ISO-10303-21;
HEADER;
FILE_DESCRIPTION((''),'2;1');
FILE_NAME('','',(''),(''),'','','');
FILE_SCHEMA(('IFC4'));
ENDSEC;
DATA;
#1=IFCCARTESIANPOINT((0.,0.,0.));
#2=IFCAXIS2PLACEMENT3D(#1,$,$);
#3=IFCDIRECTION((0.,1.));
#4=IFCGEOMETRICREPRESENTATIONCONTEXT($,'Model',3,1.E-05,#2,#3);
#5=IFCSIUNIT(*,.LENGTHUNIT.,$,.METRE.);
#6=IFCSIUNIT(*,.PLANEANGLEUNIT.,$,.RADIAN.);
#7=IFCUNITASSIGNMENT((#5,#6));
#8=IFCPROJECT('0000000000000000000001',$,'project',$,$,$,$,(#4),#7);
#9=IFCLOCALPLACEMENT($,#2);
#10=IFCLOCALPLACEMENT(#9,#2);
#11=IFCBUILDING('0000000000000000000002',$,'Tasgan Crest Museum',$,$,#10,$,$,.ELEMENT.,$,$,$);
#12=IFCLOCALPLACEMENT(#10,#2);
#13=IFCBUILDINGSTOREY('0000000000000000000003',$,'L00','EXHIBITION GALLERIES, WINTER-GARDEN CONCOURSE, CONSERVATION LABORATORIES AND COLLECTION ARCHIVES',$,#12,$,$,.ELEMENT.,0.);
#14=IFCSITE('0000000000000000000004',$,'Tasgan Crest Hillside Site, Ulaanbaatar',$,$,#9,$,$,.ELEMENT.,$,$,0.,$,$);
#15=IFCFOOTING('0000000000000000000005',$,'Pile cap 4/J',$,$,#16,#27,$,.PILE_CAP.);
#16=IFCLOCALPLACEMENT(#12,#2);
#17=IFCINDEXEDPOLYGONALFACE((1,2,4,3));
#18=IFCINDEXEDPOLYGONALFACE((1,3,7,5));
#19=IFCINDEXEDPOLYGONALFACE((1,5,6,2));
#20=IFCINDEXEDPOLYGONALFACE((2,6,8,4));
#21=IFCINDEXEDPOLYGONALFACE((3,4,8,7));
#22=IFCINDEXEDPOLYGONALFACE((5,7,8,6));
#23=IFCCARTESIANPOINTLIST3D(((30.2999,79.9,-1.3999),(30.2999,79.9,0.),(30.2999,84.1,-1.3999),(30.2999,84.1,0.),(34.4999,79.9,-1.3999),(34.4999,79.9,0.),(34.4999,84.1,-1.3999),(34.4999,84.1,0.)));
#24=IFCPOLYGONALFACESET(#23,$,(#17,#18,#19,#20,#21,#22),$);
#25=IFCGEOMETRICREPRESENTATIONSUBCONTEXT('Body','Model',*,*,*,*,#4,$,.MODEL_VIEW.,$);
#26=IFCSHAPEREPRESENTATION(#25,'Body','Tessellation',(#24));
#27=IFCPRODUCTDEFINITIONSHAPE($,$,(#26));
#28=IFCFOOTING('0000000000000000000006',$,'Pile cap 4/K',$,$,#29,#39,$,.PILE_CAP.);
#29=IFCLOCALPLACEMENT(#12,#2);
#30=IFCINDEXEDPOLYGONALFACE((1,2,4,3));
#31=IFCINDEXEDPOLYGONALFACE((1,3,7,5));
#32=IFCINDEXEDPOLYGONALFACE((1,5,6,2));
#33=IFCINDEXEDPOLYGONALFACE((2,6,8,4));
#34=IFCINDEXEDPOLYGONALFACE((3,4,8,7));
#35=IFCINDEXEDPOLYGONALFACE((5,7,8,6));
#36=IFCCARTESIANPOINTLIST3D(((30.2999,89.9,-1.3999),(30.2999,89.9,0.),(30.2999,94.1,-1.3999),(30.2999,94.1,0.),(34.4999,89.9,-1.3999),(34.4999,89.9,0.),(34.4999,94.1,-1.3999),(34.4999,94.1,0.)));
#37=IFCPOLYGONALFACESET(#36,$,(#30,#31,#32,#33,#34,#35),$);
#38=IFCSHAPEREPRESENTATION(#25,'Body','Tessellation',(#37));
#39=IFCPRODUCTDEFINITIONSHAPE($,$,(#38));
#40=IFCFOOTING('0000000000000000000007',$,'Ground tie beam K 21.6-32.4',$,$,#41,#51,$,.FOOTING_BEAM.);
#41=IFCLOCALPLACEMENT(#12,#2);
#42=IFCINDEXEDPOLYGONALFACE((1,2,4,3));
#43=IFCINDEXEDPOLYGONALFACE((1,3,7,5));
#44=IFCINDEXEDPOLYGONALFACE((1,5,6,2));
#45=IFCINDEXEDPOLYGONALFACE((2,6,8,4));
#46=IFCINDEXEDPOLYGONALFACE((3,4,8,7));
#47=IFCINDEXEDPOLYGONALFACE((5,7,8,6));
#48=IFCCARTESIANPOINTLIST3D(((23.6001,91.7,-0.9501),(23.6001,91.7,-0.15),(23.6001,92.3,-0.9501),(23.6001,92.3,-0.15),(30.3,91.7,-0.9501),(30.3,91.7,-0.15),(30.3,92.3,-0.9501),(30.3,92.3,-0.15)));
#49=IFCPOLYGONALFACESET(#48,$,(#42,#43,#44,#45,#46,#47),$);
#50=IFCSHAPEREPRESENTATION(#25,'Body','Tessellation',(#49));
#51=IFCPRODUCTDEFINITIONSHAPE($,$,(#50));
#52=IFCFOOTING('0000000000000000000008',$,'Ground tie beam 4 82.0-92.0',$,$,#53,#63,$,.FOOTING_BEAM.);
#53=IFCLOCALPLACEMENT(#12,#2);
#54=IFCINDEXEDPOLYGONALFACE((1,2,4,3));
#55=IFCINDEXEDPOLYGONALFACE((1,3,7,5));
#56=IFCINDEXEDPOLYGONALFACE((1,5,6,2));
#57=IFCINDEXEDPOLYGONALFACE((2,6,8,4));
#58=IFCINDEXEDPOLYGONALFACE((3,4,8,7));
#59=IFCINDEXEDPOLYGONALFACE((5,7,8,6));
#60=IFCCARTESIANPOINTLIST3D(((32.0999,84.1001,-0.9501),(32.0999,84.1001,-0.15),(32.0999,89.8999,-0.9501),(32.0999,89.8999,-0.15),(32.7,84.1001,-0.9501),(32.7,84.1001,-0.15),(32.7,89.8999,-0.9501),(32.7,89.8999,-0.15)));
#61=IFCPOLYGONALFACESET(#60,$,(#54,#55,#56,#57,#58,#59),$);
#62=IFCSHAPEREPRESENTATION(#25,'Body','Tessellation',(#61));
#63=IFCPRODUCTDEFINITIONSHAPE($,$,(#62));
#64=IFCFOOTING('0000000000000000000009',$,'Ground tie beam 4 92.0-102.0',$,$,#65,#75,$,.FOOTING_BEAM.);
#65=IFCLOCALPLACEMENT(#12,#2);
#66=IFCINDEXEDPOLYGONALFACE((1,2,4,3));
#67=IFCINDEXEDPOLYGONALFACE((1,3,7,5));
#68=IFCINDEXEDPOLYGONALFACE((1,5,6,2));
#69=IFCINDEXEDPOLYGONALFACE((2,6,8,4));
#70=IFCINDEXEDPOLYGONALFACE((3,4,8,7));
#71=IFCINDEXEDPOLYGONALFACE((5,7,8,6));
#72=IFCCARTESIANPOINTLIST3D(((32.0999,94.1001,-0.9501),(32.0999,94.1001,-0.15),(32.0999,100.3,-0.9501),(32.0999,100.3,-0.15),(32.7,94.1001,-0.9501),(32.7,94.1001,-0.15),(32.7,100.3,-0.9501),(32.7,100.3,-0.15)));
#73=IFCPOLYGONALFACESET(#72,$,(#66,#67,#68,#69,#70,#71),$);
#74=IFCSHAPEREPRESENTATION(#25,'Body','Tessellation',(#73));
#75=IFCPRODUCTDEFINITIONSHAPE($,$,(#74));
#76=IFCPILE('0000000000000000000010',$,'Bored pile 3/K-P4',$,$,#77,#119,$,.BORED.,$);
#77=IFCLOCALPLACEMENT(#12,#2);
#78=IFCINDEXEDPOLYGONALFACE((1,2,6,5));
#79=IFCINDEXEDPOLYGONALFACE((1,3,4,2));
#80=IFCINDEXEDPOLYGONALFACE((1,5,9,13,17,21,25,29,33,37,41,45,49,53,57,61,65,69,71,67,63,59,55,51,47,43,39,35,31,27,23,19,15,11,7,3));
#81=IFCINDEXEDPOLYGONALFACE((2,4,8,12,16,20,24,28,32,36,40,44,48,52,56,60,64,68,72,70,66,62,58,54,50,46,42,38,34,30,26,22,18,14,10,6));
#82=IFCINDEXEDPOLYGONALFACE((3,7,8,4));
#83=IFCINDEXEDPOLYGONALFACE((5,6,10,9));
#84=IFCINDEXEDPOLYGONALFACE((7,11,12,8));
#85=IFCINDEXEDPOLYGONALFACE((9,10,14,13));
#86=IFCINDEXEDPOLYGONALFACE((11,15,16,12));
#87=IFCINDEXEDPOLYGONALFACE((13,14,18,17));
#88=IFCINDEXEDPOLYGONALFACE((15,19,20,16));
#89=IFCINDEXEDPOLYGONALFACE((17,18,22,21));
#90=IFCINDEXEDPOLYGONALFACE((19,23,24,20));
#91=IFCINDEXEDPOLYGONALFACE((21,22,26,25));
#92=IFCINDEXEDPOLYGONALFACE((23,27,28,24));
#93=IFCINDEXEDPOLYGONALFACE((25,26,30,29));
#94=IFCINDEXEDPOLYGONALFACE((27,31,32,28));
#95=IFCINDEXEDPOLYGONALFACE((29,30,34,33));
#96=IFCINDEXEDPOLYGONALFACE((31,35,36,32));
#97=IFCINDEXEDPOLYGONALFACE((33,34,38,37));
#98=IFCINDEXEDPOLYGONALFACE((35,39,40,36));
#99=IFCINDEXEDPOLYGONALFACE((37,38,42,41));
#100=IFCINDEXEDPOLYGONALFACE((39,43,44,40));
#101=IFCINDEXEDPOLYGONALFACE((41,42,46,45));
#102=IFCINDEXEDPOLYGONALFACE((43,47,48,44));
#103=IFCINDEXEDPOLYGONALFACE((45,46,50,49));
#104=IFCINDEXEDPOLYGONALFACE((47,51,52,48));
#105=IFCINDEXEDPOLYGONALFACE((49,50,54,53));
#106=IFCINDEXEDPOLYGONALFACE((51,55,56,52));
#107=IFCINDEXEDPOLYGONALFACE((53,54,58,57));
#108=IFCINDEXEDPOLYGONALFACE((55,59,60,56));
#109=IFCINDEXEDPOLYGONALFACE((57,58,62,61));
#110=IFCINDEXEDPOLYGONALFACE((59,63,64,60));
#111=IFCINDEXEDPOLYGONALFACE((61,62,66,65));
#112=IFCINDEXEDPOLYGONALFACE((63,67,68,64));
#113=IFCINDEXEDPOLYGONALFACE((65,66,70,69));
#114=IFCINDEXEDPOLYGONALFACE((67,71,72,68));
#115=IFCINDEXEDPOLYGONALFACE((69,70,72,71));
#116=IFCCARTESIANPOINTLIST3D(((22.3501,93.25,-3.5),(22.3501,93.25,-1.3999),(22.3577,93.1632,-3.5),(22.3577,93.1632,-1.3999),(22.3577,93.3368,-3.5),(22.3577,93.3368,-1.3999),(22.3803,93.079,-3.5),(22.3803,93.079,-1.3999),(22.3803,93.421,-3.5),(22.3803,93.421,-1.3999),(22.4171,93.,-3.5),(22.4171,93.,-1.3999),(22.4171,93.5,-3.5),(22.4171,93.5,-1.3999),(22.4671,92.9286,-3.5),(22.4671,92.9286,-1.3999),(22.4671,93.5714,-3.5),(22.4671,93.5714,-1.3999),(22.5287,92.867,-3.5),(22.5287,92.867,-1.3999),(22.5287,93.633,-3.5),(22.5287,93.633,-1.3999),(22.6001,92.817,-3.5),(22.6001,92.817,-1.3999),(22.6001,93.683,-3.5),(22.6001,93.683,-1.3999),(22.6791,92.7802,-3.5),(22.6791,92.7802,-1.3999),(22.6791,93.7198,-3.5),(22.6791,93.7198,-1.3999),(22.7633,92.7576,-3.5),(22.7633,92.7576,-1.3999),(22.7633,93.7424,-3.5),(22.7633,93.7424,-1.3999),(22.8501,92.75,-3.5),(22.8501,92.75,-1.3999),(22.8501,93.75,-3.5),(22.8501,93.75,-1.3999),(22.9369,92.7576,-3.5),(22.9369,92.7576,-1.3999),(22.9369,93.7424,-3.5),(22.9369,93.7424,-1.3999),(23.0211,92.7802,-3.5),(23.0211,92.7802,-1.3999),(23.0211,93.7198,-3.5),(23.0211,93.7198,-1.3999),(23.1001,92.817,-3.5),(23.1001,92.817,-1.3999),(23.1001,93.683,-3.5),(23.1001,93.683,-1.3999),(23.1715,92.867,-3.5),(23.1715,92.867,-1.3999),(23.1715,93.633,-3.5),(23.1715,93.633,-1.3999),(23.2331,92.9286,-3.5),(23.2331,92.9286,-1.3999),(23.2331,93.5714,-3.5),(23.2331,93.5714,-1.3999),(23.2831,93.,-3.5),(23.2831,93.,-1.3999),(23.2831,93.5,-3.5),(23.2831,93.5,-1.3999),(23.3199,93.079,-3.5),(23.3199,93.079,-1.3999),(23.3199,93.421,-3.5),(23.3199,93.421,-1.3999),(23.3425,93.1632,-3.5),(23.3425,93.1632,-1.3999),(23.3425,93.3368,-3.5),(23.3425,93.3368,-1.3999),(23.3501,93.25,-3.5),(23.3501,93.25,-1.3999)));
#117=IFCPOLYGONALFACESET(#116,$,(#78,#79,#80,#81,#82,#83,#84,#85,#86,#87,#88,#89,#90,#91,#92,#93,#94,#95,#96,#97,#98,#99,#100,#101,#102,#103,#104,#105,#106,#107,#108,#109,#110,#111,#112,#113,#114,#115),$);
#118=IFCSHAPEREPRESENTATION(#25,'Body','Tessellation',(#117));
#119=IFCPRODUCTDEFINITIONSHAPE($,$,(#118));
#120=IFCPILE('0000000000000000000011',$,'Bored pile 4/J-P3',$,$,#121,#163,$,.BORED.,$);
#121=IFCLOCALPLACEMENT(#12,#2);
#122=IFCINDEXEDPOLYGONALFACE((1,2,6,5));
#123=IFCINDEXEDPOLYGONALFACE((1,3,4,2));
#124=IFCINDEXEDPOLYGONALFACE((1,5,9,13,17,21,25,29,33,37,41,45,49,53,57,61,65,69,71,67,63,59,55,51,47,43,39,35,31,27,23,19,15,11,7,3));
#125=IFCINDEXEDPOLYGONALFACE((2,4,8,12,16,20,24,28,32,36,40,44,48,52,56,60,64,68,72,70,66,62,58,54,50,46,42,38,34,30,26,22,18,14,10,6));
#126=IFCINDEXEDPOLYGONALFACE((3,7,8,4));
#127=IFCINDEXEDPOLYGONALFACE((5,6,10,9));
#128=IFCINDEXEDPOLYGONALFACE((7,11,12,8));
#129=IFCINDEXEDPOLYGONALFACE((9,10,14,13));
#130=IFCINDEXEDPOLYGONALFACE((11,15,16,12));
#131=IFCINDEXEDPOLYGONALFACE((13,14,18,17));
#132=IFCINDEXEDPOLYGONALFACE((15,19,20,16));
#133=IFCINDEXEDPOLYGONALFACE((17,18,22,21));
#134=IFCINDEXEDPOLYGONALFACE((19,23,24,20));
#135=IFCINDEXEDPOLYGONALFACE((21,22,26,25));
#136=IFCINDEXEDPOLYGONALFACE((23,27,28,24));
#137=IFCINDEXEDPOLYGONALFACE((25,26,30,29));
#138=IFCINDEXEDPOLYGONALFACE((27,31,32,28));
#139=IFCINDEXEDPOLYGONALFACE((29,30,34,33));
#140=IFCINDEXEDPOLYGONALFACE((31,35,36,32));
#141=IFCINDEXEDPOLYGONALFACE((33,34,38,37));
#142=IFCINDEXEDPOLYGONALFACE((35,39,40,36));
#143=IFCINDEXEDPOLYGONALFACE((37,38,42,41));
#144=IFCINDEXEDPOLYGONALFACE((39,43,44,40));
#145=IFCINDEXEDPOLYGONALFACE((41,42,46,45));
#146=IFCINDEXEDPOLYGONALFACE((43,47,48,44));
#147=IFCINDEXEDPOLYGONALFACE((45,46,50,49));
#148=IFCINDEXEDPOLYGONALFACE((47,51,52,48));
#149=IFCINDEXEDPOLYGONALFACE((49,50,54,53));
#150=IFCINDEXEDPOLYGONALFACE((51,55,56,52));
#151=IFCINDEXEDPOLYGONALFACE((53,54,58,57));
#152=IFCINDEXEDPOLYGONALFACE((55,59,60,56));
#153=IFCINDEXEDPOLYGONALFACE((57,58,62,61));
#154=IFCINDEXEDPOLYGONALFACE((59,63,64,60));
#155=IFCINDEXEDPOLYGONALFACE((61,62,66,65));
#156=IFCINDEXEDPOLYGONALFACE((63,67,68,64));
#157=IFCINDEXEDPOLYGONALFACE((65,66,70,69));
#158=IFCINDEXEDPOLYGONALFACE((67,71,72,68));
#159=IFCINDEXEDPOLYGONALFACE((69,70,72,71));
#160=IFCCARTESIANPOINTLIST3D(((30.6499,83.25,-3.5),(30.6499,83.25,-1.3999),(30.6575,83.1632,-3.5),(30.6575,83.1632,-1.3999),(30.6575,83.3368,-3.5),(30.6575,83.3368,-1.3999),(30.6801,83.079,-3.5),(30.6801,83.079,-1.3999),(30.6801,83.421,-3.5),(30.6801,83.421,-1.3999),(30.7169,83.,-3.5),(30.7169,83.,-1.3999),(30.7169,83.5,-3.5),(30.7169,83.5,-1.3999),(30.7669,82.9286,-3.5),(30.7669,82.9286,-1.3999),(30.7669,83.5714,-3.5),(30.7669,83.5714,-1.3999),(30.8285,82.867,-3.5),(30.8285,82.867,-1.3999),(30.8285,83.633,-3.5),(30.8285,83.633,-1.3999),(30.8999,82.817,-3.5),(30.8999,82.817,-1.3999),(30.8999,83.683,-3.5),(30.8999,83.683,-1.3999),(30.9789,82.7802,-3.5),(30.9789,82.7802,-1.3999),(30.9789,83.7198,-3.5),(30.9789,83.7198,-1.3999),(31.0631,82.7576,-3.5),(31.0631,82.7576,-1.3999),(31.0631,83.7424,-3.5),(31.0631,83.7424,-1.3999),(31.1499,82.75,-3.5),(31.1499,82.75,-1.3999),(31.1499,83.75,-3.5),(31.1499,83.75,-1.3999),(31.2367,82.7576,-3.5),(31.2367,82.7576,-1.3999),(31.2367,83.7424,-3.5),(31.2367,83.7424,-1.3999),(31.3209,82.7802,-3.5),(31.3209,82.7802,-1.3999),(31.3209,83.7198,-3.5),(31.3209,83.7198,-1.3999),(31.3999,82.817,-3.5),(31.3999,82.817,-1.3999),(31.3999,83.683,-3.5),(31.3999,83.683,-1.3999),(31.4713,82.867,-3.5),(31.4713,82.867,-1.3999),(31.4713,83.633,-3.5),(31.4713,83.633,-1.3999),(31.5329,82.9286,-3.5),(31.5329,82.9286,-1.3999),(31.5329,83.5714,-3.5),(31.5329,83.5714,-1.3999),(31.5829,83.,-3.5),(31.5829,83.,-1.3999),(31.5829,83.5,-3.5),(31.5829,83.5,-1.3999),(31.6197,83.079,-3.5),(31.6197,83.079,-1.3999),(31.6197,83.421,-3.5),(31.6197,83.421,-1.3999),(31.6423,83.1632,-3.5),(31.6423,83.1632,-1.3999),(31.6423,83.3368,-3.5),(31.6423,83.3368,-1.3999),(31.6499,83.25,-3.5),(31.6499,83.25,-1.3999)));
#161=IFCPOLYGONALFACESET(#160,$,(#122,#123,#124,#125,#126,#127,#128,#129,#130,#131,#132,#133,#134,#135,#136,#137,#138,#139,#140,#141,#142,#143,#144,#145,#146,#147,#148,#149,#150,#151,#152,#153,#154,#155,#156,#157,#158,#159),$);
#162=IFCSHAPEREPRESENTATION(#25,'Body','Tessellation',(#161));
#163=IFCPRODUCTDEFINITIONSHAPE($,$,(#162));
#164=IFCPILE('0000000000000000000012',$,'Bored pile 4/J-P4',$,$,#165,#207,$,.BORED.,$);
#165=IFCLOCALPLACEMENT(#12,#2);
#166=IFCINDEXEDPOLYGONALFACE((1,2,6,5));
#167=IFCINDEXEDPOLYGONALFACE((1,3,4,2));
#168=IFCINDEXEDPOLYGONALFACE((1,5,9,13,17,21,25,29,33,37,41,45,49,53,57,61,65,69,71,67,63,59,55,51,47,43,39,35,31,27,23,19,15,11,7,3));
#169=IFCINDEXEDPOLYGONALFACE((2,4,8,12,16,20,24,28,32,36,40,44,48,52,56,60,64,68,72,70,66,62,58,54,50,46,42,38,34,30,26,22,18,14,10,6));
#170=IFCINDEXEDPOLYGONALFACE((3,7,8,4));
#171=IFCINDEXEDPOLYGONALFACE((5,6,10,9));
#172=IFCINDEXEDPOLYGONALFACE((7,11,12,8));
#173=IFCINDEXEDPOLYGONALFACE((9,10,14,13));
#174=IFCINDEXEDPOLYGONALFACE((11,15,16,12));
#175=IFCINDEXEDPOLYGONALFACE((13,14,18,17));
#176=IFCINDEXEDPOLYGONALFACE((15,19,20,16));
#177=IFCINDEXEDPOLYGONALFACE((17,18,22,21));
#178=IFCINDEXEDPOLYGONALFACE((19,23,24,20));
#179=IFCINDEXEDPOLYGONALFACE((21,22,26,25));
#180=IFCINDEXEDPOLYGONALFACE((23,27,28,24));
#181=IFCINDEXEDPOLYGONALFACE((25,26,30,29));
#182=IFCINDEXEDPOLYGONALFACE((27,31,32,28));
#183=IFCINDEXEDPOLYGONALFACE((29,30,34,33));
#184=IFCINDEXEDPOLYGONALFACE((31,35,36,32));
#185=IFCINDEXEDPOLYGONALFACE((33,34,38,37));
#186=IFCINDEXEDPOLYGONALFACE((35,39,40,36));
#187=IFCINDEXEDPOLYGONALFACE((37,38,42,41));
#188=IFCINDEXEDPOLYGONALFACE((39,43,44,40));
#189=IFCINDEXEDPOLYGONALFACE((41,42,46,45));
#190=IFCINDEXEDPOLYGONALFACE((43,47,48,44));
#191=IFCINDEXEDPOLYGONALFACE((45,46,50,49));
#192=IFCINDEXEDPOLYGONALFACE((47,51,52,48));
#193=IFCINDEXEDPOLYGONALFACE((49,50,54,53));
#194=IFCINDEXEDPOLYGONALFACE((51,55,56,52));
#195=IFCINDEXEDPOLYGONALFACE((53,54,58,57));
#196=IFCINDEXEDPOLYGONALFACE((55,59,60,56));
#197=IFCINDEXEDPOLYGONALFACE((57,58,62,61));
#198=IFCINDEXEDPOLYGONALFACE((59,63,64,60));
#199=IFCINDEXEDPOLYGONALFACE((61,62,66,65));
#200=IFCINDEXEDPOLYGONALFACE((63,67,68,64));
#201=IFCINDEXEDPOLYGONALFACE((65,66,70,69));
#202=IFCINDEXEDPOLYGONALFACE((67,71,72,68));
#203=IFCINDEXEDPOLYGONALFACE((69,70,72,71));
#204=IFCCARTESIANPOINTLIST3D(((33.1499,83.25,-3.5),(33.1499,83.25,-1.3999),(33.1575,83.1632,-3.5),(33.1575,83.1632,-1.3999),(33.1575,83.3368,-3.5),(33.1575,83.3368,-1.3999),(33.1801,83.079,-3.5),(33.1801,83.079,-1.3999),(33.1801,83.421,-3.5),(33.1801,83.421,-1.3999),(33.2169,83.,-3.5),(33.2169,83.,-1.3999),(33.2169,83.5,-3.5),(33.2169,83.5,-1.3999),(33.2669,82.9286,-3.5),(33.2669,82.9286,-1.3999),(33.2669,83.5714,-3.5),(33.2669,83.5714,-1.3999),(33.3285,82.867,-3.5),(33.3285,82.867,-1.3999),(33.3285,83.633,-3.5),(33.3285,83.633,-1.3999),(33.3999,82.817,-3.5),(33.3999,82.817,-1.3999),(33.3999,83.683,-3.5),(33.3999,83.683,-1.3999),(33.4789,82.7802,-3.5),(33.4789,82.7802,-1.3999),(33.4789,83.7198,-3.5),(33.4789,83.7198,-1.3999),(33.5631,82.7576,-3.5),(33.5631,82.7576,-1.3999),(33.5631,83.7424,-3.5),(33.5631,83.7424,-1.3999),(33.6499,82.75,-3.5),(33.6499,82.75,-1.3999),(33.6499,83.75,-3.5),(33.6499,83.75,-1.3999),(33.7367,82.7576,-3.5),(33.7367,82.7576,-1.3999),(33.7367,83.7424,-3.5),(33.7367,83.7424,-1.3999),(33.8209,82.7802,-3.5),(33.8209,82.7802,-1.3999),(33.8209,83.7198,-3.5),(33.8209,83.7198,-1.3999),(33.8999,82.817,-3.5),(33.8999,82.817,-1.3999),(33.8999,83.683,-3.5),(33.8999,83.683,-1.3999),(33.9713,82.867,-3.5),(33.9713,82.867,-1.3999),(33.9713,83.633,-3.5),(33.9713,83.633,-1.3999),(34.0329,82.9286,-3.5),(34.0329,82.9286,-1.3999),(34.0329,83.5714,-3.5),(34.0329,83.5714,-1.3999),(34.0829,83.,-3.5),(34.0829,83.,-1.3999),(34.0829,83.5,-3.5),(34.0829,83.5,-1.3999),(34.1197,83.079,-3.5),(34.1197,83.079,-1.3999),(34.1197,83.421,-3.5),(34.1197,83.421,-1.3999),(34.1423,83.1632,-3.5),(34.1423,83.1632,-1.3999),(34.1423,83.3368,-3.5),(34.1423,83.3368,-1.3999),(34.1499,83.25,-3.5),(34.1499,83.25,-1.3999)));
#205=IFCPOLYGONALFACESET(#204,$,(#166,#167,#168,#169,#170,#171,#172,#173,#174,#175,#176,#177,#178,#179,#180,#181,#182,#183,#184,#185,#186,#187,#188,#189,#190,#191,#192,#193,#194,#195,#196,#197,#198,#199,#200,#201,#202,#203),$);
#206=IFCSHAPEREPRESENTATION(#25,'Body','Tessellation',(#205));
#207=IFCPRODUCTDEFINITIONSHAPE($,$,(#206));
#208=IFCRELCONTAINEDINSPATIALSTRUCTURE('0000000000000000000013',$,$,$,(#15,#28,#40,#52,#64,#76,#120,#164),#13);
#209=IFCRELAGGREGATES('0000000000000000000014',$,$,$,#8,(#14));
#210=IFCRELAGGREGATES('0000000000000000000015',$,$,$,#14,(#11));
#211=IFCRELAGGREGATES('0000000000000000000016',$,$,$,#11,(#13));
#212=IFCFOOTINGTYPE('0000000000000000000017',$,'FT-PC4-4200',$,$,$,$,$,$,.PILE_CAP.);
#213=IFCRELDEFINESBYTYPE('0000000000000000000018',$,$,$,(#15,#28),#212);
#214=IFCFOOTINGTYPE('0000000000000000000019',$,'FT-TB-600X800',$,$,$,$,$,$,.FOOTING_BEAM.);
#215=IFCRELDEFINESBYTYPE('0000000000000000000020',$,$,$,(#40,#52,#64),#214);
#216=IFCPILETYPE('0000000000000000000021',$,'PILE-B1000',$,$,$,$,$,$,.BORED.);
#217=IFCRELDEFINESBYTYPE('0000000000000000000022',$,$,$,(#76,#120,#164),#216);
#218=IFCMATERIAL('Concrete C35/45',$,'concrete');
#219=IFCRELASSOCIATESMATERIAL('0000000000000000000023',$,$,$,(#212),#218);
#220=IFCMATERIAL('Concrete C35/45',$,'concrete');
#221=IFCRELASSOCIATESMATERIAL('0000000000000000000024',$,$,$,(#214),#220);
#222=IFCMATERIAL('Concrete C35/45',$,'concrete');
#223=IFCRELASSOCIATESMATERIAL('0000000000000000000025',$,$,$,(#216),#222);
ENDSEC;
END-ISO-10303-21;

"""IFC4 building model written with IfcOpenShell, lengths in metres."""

from ifc_helpers import new_model, si_unit, direction, frame, origin, origin_2d, place, context, subcontext, project, spatial, rectangle, circle, extrude, material, material_profile, profile_set, type_object, element, save


model = new_model("IFC4")

# Units and contexts
model_context = context("Model", 3, precision=1e-05, world=origin(), true_north=direction((0.0, 1.0)))
body_context = subcontext(model_context, "Body", "Model", "MODEL_VIEW")
ifc_project = project(units=[si_unit("LENGTHUNIT", "METRE"), si_unit("PLANEANGLEUNIT", "RADIAN")], contexts=[model_context])

# Site, building, storey
site_placement = place(None, origin())
site = spatial("IfcSite", under=ifc_project, at=site_placement, Name="Tasgan Crest Hillside Site, Ulaanbaatar", CompositionType="ELEMENT", RefElevation=0.0)
building_placement = place(site_placement, origin())
building = spatial("IfcBuilding", under=site, at=building_placement, Name="Tasgan Crest Museum", CompositionType="ELEMENT")
storey_placement = place(building_placement, origin())
storey = spatial("IfcBuildingStorey", under=building, at=storey_placement, Name="L00", Description="EXHIBITION GALLERIES, WINTER-GARDEN CONCOURSE, CONSERVATION LABORATORIES AND COLLECTION ARCHIVES", CompositionType="ELEMENT", Elevation=0.0)

# Footings
ifc_material_1 = material(Name="Concrete C35/45", Category="concrete")
footing_type_1 = type_object("IfcFootingType", Name="FT-PC4-4200", PredefinedType="PILE_CAP", material=ifc_material_1)
for number, where, z_axis, x_axis, name in (
    (1, (32.3999, 82.0, -1.3999), (0.0, 0.0, 1.0), (1.0, 0.0, 0.0), "Pile cap 4/J"),
    (2, (32.3999, 92.0, -1.3999), (0.0, 0.0, 1.0), (1.0, 0.0, 0.0), "Pile cap 4/K"),
):
    element("IfcFooting", number, at=place(storey_placement, frame(where, z_axis=z_axis, x_axis=x_axis)), inside=storey, type_object=footing_type_1, Name=name, PredefinedType="PILE_CAP", context=body_context, shape_type="SweptSolid", body=[
        extrude(rectangle(XDim=4.2, YDim=4.2, at=origin_2d()), origin(), (0.0, 0.0, 1.0), 1.3999),
    ])
ifc_material_2 = material(Name="Concrete C35/45", Category="concrete")
ifc_material_profile_1 = material_profile(ifc_material_2, rectangle(XDim=0.6001, YDim=0.8, at=origin_2d()), Name="TB 600x800")
ifc_profile_set_1 = profile_set([ifc_material_profile_1], Name="Concrete C35/45")
footing_type_2 = type_object("IfcFootingType", Name="FT-TB-600X800", PredefinedType="FOOTING_BEAM", material=ifc_profile_set_1)
footing_1_placement = place(storey_placement, frame((23.6001, 92.0, -0.55), z_axis=(1.0, 0.0, 0.0), x_axis=(0.0, 1.0, 0.0)))
element("IfcFooting", 3, at=footing_1_placement, inside=storey, type_object=footing_type_2, Name="Ground tie beam K 21.6-32.4", PredefinedType="FOOTING_BEAM", context=body_context, shape_type="SweptSolid", body=[
    extrude(rectangle(XDim=0.6001, YDim=0.8, at=origin_2d()), origin(), (0.0, 0.0, 1.0), 6.7),
])
footing_2_placement = place(storey_placement, frame((32.3999, 84.1001, -0.55), z_axis=(0.0, 1.0, 0.0), x_axis=(-1.0, 0.0, 0.0)))
element("IfcFooting", 4, at=footing_2_placement, inside=storey, type_object=footing_type_2, Name="Ground tie beam 4 82.0-92.0", PredefinedType="FOOTING_BEAM", context=body_context, shape_type="SweptSolid", body=[
    extrude(rectangle(XDim=0.6001, YDim=0.8, at=origin_2d()), origin(), (0.0, 0.0, 1.0), 5.7998),
])
footing_3_placement = place(storey_placement, frame((32.3999, 94.1001, -0.55), z_axis=(0.0, 1.0, 0.0), x_axis=(-1.0, 0.0, 0.0)))
element("IfcFooting", 5, at=footing_3_placement, inside=storey, type_object=footing_type_2, Name="Ground tie beam 4 92.0-102.0", PredefinedType="FOOTING_BEAM", context=body_context, shape_type="SweptSolid", body=[
    extrude(rectangle(XDim=0.6001, YDim=0.8, at=origin_2d()), origin(), (0.0, 0.0, 1.0), 6.2),
])

# Piles
ifc_material_3 = material(Name="Concrete C35/45", Category="concrete")
ifc_material_profile_2 = material_profile(ifc_material_3, circle(Radius=0.5, at=origin_2d()), Name="PILE D1000")
ifc_profile_set_2 = profile_set([ifc_material_profile_2], Name="Concrete C35/45")
pile_type_1 = type_object("IfcPileType", Name="PILE-B1000", PredefinedType="BORED", material=ifc_profile_set_2)
for number, where, z_axis, x_axis, name in (
    (6, (22.8501, 93.25, -1.3999), (0.0, 0.0, -1.0), (1.0, 0.0, 0.0), "Bored pile 3/K-P4"),
    (7, (31.1499, 83.25, -1.3999), (0.0, 0.0, -1.0), (1.0, 0.0, 0.0), "Bored pile 4/J-P3"),
    (8, (33.6499, 83.25, -1.3999), (0.0, 0.0, -1.0), (1.0, 0.0, 0.0), "Bored pile 4/J-P4"),
):
    element("IfcPile", number, at=place(storey_placement, frame(where, z_axis=z_axis, x_axis=x_axis)), inside=storey, type_object=pile_type_1, Name=name, PredefinedType="BORED", context=body_context, shape_type="SweptSolid", body=[
        extrude(circle(Radius=0.5, at=origin_2d()), origin(), (0.0, 0.0, 1.0), 2.1001),
    ])

save(model, "model.ifc")
